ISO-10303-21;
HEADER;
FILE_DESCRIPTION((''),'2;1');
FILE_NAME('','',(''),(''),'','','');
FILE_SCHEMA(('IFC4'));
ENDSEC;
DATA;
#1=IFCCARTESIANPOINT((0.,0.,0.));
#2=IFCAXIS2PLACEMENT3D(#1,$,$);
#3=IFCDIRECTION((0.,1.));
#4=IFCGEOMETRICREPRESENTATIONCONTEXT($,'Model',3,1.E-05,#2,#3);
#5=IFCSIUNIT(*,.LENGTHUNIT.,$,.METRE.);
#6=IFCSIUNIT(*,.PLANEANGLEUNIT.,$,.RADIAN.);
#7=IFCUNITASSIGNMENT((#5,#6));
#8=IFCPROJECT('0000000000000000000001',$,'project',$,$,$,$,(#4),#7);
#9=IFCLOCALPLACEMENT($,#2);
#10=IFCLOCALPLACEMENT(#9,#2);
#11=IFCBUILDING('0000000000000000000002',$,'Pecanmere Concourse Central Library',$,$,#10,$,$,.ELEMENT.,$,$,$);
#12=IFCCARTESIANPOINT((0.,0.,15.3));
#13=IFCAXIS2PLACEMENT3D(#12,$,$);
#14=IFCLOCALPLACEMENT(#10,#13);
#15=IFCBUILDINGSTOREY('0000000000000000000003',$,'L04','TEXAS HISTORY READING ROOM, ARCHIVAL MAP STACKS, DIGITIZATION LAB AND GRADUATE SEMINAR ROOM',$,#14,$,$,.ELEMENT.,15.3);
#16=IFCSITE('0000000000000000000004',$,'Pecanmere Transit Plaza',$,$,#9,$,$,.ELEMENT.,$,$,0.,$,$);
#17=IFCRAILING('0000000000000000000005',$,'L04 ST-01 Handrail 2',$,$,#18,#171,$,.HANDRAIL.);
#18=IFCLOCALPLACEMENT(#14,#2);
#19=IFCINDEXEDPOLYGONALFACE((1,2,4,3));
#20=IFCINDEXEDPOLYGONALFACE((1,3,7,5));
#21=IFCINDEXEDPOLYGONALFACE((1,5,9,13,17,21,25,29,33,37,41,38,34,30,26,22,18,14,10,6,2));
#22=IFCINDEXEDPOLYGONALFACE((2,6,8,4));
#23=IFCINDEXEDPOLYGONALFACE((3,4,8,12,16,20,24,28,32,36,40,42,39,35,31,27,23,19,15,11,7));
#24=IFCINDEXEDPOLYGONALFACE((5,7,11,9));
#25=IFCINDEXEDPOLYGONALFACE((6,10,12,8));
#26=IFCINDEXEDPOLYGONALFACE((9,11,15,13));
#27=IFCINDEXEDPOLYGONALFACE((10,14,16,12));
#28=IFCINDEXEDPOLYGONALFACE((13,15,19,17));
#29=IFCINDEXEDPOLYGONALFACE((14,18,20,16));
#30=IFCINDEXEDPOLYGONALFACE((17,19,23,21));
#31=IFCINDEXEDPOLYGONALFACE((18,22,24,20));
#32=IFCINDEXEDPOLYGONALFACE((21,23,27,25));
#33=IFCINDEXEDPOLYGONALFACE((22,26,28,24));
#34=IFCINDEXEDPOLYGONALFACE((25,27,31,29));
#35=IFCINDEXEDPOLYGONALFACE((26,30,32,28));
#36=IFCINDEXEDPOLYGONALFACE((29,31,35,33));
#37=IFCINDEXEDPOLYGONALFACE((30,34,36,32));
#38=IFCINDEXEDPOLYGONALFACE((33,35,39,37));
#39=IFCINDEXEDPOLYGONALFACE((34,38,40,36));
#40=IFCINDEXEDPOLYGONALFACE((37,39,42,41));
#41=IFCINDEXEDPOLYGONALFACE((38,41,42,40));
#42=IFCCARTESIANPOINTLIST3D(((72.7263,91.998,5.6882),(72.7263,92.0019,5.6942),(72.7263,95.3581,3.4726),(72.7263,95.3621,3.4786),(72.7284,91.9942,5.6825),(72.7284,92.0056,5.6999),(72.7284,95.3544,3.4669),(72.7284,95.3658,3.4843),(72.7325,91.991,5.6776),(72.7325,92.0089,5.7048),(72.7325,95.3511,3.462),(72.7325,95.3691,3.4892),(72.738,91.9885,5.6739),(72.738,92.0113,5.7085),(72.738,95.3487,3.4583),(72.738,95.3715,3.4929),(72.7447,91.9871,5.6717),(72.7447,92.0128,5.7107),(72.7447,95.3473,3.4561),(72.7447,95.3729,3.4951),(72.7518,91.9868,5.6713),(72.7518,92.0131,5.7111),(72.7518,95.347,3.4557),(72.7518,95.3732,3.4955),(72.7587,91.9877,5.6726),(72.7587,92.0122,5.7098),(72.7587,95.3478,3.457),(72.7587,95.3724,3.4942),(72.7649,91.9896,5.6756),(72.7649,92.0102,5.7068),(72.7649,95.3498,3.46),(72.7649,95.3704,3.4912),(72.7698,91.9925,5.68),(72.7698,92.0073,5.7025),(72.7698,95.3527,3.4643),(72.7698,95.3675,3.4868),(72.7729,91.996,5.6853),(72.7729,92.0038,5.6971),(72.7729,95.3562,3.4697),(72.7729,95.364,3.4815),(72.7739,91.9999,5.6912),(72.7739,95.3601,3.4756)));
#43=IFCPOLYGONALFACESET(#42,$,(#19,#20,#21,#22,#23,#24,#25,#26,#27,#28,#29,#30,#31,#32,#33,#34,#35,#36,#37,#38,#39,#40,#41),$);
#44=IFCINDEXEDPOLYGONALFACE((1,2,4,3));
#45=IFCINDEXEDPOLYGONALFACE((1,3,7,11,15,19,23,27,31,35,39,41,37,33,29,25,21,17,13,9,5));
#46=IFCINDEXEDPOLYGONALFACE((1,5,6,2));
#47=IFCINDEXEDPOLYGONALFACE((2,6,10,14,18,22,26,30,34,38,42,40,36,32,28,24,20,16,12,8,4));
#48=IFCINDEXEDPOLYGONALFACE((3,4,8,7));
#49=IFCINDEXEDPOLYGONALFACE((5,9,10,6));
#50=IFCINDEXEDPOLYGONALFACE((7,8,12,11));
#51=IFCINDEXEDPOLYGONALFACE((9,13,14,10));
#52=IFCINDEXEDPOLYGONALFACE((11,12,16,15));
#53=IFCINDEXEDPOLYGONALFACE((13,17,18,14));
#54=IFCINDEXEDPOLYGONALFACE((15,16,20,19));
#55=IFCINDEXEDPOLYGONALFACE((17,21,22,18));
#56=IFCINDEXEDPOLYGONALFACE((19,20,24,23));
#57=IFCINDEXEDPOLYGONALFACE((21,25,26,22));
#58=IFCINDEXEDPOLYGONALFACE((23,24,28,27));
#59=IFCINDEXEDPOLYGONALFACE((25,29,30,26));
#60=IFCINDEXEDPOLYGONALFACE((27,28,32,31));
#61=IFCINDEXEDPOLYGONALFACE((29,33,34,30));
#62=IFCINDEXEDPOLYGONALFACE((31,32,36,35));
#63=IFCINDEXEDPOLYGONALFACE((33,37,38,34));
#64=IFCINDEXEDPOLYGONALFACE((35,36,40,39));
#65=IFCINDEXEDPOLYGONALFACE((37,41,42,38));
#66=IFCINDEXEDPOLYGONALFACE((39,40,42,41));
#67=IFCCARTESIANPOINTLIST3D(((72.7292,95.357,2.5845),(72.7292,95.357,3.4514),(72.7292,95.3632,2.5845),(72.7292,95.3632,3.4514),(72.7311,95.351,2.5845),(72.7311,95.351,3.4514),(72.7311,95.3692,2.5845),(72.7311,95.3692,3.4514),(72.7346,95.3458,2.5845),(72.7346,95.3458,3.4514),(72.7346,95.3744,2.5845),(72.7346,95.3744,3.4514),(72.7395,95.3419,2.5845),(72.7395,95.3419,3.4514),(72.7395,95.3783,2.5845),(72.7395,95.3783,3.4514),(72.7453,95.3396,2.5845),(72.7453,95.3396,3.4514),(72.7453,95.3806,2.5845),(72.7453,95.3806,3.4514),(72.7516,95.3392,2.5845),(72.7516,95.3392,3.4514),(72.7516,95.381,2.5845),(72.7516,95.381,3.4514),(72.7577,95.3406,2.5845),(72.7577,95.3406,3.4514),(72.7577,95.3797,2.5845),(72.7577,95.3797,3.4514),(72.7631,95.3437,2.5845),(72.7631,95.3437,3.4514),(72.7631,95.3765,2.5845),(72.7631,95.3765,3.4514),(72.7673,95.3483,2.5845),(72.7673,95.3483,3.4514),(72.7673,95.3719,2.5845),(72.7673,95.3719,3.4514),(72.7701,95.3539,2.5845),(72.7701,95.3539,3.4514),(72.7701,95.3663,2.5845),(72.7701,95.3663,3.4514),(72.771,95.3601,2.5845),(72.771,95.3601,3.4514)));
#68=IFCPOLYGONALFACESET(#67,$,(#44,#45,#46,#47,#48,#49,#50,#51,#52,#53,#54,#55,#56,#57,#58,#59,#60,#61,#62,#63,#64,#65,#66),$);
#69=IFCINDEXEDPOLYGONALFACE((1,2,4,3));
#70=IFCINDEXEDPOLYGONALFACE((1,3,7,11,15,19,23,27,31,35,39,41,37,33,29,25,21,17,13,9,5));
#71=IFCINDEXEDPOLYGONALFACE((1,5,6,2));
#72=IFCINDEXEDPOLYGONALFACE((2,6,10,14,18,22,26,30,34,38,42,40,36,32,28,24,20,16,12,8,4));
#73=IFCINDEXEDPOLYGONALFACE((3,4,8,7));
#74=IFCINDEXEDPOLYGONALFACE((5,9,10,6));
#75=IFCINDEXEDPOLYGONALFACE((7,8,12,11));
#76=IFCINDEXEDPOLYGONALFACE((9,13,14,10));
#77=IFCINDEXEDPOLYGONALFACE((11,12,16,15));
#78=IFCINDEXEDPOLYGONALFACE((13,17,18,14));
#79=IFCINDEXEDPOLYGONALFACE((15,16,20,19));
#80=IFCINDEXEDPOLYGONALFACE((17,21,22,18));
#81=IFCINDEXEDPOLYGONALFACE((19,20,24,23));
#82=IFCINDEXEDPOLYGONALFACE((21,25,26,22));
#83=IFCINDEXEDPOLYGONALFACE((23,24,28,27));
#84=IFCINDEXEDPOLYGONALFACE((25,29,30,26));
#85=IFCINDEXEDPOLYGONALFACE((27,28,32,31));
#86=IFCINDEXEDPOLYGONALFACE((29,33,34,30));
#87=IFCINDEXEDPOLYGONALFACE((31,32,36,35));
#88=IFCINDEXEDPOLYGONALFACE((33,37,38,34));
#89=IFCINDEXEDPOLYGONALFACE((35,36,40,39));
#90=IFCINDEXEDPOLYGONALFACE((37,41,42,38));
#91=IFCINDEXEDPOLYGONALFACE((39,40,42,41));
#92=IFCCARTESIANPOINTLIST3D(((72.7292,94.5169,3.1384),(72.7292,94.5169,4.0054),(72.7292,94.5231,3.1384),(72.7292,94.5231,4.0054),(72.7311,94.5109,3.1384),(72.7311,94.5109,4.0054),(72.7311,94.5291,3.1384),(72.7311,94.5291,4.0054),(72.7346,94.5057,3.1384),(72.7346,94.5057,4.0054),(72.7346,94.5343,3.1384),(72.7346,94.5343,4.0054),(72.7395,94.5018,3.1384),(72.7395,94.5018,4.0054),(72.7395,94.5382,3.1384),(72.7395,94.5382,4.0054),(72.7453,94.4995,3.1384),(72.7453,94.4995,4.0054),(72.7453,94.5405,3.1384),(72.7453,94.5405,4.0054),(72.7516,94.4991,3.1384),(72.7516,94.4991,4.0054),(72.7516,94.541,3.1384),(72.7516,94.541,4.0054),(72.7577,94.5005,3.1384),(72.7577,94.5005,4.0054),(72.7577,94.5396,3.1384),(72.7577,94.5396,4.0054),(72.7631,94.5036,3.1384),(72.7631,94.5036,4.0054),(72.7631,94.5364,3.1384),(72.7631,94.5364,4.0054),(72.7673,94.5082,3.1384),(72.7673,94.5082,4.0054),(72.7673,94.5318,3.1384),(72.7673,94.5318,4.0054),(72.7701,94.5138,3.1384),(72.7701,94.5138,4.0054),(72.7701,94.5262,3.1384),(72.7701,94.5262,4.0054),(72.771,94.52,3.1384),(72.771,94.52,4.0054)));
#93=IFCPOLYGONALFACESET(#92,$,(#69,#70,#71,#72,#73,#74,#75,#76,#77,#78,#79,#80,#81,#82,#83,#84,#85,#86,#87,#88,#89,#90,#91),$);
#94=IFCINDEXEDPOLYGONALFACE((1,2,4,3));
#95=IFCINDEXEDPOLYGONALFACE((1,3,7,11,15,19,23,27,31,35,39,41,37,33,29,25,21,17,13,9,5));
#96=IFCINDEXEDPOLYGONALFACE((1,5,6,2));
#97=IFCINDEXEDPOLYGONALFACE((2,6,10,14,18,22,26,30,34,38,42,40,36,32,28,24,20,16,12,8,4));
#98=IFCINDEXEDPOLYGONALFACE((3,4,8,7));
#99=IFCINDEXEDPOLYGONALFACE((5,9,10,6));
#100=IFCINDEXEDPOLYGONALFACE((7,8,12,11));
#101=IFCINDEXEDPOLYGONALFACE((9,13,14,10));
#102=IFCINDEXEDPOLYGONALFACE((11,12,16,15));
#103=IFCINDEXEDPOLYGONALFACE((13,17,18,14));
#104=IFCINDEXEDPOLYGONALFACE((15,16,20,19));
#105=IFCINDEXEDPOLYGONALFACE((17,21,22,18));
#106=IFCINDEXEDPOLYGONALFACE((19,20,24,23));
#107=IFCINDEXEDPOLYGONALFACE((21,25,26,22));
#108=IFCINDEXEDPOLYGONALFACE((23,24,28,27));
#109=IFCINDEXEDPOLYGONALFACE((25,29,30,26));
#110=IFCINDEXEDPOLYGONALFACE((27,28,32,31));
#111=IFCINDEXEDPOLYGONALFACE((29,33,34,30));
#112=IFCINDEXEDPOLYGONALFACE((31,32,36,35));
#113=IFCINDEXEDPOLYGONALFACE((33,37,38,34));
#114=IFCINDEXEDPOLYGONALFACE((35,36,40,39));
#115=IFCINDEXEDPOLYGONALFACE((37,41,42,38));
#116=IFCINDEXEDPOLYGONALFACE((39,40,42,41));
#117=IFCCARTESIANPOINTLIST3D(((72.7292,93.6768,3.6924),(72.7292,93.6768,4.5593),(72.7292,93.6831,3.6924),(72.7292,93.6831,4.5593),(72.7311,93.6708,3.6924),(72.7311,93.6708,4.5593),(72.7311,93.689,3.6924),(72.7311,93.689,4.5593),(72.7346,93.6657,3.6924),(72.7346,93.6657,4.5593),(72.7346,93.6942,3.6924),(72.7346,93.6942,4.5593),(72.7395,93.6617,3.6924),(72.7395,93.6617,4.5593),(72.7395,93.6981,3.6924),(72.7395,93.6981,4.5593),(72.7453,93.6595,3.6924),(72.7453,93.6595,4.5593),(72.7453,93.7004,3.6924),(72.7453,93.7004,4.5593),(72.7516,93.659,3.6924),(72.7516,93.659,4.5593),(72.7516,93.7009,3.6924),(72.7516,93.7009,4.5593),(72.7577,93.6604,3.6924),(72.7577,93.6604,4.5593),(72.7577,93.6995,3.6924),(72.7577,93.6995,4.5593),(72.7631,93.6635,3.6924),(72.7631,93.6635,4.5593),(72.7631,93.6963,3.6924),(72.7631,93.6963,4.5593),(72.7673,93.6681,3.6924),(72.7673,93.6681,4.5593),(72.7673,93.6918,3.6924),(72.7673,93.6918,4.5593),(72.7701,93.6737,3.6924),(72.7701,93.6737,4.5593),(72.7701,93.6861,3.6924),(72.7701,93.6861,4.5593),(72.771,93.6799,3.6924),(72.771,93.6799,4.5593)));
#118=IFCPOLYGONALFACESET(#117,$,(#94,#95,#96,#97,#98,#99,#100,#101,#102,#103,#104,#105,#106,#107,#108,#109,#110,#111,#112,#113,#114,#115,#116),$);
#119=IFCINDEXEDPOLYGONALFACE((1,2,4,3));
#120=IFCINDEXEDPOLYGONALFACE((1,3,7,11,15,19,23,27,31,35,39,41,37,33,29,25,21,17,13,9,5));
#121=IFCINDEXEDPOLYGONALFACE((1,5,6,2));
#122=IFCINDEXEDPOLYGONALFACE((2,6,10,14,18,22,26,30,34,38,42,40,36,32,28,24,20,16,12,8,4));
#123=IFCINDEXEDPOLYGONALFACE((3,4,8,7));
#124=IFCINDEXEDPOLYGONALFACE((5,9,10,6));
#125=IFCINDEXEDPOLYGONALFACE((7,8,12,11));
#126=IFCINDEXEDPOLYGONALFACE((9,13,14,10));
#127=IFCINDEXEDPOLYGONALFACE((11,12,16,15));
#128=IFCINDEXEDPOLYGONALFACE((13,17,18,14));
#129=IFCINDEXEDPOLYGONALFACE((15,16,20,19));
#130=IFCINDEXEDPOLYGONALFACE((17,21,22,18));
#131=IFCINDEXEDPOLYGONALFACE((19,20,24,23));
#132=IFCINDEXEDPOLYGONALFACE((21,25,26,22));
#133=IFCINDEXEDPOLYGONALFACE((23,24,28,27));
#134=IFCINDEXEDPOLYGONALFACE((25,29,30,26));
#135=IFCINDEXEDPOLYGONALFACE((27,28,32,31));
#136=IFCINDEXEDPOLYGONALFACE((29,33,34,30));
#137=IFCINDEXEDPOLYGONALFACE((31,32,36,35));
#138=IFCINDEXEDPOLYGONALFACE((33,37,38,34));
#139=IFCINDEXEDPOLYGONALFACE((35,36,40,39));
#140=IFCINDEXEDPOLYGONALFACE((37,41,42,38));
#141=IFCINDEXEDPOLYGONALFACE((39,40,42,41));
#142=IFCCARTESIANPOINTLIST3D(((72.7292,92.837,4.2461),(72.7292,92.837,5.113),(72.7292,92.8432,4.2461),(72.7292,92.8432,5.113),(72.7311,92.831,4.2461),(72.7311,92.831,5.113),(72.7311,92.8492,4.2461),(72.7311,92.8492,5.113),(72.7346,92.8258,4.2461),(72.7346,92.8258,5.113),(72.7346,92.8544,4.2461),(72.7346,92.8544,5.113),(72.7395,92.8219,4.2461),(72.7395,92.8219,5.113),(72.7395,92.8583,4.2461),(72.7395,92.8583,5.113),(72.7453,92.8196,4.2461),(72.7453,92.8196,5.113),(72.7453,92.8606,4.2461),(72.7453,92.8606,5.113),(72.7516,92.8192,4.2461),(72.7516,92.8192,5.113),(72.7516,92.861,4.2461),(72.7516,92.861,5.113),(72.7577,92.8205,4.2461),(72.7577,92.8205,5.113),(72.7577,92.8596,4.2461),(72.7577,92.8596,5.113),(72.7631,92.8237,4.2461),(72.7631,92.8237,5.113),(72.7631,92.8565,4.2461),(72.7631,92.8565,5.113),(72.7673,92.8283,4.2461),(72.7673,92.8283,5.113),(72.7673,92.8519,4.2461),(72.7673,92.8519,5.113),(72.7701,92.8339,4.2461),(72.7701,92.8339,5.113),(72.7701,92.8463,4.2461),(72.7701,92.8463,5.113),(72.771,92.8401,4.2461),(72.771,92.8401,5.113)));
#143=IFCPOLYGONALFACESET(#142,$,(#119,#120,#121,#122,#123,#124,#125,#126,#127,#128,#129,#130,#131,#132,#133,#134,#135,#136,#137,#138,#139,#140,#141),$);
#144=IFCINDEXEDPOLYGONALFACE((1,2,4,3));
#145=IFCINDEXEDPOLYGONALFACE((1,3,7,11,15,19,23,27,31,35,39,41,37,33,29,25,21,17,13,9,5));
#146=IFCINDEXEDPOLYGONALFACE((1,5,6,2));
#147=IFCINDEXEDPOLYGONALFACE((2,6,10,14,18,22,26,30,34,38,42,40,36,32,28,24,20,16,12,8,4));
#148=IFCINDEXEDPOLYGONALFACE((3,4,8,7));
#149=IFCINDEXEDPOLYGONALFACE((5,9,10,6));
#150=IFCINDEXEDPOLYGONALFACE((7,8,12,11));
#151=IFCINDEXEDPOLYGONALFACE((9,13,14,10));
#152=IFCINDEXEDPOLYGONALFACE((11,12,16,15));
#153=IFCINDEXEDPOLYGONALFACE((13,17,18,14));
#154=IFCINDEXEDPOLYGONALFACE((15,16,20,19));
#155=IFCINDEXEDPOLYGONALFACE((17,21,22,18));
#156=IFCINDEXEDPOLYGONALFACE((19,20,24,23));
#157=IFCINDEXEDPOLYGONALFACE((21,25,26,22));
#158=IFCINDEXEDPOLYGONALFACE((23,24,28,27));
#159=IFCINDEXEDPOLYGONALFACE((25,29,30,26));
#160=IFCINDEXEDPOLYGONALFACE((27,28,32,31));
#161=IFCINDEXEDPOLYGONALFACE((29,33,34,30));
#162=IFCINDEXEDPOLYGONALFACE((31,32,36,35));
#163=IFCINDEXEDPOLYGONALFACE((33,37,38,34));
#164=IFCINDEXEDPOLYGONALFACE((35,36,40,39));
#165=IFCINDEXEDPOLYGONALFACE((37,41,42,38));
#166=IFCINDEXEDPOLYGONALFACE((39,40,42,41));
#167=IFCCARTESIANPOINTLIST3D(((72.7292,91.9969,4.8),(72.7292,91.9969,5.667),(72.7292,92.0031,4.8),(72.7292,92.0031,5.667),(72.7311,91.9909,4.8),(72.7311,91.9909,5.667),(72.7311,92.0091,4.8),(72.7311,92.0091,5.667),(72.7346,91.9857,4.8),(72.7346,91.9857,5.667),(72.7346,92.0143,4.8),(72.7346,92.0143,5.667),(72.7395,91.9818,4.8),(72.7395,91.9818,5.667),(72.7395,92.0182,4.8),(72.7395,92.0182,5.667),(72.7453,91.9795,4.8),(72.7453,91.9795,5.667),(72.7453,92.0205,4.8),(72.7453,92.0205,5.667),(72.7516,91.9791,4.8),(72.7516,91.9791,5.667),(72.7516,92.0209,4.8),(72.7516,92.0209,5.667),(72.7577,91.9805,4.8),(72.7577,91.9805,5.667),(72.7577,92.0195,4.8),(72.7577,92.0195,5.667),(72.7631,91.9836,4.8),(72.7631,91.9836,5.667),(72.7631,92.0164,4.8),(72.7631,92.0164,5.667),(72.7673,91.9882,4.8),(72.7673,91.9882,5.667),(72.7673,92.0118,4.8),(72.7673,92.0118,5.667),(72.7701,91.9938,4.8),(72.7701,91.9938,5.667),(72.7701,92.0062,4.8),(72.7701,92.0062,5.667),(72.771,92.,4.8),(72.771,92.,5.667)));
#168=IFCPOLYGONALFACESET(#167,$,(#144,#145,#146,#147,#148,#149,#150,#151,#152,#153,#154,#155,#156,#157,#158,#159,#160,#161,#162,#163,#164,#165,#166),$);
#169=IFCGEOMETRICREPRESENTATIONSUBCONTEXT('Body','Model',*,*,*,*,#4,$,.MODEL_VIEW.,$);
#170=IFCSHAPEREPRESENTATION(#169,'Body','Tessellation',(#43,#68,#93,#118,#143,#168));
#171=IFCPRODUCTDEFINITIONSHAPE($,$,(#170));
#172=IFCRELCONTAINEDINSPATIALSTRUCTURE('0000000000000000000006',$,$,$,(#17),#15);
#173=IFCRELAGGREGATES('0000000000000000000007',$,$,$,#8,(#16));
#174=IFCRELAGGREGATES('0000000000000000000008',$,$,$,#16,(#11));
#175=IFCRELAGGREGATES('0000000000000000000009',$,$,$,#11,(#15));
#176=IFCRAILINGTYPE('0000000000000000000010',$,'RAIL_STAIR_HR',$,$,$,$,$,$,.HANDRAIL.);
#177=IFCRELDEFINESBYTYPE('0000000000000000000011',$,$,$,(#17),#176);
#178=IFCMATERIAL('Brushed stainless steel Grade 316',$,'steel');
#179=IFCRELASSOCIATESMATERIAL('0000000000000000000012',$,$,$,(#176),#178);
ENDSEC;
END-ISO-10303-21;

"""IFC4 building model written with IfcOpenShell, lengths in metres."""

from ifc_helpers import new_model, si_unit, direction, frame, origin, origin_2d, place, context, subcontext, project, spatial, circle, extrude, material, type_object, element, save


model = new_model("IFC4")

# Units and contexts
model_context = context("Model", 3, precision=1e-05, world=origin(), true_north=direction((0.0, 1.0)))
body_context = subcontext(model_context, "Body", "Model", "MODEL_VIEW")
ifc_project = project(units=[si_unit("LENGTHUNIT", "METRE"), si_unit("PLANEANGLEUNIT", "RADIAN")], contexts=[model_context])

# Site, building, storey
site_placement = place(None, origin())
site = spatial("IfcSite", under=ifc_project, at=site_placement, Name="Pecanmere Transit Plaza", CompositionType="ELEMENT", RefElevation=0.0)
building_placement = place(site_placement, origin())
building = spatial("IfcBuilding", under=site, at=building_placement, Name="Pecanmere Concourse Central Library", CompositionType="ELEMENT")
storey_placement = place(building_placement, frame((0.0, 0.0, 15.3)))
storey = spatial("IfcBuildingStorey", under=building, at=storey_placement, Name="L04", Description="TEXAS HISTORY READING ROOM, ARCHIVAL MAP STACKS, DIGITIZATION LAB AND GRADUATE SEMINAR ROOM", CompositionType="ELEMENT", Elevation=15.3)

# Railing
ifc_material_1 = material(Name="Brushed stainless steel Grade 316", Category="steel")
railing_type_1 = type_object("IfcRailingType", Name="RAIL_STAIR_HR", PredefinedType="HANDRAIL", material=ifc_material_1)
railing_1_placement = place(storey_placement, frame((72.75, 95.3601, 2.5845)))
element("IfcRailing", 1, at=railing_1_placement, inside=storey, type_object=railing_type_1, Name="L04 ST-01 Handrail 2", PredefinedType="HANDRAIL", context=body_context, shape_type="SweptSolid", body=[
    extrude(circle(Radius=0.0239, at=origin_2d()), frame((0.0, 0.0, 0.8911), z_axis=(0.0, -0.834849, 0.55048), x_axis=(1.0, 0.0, 0.0)), (0.0, 0.0, 1.0), 4.0249),
    extrude(circle(Radius=0.021, at=origin_2d()), origin(), (0.0, 0.0, 1.0), 0.8669),
    extrude(circle(Radius=0.021, at=origin_2d()), frame((0.0, -0.8401, 0.554)), (0.0, 0.0, 1.0), 0.8669),
    extrude(circle(Radius=0.021, at=origin_2d()), frame((0.0, -1.6802, 1.1079)), (0.0, 0.0, 1.0), 0.8669),
    extrude(circle(Radius=0.021, at=origin_2d()), frame((0.0, -2.52, 1.6616)), (0.0, 0.0, 1.0), 0.8669),
    extrude(circle(Radius=0.021, at=origin_2d()), frame((0.0, -3.3601, 2.2156)), (0.0, 0.0, 1.0), 0.8669),
])

save(model, "model.ifc")
